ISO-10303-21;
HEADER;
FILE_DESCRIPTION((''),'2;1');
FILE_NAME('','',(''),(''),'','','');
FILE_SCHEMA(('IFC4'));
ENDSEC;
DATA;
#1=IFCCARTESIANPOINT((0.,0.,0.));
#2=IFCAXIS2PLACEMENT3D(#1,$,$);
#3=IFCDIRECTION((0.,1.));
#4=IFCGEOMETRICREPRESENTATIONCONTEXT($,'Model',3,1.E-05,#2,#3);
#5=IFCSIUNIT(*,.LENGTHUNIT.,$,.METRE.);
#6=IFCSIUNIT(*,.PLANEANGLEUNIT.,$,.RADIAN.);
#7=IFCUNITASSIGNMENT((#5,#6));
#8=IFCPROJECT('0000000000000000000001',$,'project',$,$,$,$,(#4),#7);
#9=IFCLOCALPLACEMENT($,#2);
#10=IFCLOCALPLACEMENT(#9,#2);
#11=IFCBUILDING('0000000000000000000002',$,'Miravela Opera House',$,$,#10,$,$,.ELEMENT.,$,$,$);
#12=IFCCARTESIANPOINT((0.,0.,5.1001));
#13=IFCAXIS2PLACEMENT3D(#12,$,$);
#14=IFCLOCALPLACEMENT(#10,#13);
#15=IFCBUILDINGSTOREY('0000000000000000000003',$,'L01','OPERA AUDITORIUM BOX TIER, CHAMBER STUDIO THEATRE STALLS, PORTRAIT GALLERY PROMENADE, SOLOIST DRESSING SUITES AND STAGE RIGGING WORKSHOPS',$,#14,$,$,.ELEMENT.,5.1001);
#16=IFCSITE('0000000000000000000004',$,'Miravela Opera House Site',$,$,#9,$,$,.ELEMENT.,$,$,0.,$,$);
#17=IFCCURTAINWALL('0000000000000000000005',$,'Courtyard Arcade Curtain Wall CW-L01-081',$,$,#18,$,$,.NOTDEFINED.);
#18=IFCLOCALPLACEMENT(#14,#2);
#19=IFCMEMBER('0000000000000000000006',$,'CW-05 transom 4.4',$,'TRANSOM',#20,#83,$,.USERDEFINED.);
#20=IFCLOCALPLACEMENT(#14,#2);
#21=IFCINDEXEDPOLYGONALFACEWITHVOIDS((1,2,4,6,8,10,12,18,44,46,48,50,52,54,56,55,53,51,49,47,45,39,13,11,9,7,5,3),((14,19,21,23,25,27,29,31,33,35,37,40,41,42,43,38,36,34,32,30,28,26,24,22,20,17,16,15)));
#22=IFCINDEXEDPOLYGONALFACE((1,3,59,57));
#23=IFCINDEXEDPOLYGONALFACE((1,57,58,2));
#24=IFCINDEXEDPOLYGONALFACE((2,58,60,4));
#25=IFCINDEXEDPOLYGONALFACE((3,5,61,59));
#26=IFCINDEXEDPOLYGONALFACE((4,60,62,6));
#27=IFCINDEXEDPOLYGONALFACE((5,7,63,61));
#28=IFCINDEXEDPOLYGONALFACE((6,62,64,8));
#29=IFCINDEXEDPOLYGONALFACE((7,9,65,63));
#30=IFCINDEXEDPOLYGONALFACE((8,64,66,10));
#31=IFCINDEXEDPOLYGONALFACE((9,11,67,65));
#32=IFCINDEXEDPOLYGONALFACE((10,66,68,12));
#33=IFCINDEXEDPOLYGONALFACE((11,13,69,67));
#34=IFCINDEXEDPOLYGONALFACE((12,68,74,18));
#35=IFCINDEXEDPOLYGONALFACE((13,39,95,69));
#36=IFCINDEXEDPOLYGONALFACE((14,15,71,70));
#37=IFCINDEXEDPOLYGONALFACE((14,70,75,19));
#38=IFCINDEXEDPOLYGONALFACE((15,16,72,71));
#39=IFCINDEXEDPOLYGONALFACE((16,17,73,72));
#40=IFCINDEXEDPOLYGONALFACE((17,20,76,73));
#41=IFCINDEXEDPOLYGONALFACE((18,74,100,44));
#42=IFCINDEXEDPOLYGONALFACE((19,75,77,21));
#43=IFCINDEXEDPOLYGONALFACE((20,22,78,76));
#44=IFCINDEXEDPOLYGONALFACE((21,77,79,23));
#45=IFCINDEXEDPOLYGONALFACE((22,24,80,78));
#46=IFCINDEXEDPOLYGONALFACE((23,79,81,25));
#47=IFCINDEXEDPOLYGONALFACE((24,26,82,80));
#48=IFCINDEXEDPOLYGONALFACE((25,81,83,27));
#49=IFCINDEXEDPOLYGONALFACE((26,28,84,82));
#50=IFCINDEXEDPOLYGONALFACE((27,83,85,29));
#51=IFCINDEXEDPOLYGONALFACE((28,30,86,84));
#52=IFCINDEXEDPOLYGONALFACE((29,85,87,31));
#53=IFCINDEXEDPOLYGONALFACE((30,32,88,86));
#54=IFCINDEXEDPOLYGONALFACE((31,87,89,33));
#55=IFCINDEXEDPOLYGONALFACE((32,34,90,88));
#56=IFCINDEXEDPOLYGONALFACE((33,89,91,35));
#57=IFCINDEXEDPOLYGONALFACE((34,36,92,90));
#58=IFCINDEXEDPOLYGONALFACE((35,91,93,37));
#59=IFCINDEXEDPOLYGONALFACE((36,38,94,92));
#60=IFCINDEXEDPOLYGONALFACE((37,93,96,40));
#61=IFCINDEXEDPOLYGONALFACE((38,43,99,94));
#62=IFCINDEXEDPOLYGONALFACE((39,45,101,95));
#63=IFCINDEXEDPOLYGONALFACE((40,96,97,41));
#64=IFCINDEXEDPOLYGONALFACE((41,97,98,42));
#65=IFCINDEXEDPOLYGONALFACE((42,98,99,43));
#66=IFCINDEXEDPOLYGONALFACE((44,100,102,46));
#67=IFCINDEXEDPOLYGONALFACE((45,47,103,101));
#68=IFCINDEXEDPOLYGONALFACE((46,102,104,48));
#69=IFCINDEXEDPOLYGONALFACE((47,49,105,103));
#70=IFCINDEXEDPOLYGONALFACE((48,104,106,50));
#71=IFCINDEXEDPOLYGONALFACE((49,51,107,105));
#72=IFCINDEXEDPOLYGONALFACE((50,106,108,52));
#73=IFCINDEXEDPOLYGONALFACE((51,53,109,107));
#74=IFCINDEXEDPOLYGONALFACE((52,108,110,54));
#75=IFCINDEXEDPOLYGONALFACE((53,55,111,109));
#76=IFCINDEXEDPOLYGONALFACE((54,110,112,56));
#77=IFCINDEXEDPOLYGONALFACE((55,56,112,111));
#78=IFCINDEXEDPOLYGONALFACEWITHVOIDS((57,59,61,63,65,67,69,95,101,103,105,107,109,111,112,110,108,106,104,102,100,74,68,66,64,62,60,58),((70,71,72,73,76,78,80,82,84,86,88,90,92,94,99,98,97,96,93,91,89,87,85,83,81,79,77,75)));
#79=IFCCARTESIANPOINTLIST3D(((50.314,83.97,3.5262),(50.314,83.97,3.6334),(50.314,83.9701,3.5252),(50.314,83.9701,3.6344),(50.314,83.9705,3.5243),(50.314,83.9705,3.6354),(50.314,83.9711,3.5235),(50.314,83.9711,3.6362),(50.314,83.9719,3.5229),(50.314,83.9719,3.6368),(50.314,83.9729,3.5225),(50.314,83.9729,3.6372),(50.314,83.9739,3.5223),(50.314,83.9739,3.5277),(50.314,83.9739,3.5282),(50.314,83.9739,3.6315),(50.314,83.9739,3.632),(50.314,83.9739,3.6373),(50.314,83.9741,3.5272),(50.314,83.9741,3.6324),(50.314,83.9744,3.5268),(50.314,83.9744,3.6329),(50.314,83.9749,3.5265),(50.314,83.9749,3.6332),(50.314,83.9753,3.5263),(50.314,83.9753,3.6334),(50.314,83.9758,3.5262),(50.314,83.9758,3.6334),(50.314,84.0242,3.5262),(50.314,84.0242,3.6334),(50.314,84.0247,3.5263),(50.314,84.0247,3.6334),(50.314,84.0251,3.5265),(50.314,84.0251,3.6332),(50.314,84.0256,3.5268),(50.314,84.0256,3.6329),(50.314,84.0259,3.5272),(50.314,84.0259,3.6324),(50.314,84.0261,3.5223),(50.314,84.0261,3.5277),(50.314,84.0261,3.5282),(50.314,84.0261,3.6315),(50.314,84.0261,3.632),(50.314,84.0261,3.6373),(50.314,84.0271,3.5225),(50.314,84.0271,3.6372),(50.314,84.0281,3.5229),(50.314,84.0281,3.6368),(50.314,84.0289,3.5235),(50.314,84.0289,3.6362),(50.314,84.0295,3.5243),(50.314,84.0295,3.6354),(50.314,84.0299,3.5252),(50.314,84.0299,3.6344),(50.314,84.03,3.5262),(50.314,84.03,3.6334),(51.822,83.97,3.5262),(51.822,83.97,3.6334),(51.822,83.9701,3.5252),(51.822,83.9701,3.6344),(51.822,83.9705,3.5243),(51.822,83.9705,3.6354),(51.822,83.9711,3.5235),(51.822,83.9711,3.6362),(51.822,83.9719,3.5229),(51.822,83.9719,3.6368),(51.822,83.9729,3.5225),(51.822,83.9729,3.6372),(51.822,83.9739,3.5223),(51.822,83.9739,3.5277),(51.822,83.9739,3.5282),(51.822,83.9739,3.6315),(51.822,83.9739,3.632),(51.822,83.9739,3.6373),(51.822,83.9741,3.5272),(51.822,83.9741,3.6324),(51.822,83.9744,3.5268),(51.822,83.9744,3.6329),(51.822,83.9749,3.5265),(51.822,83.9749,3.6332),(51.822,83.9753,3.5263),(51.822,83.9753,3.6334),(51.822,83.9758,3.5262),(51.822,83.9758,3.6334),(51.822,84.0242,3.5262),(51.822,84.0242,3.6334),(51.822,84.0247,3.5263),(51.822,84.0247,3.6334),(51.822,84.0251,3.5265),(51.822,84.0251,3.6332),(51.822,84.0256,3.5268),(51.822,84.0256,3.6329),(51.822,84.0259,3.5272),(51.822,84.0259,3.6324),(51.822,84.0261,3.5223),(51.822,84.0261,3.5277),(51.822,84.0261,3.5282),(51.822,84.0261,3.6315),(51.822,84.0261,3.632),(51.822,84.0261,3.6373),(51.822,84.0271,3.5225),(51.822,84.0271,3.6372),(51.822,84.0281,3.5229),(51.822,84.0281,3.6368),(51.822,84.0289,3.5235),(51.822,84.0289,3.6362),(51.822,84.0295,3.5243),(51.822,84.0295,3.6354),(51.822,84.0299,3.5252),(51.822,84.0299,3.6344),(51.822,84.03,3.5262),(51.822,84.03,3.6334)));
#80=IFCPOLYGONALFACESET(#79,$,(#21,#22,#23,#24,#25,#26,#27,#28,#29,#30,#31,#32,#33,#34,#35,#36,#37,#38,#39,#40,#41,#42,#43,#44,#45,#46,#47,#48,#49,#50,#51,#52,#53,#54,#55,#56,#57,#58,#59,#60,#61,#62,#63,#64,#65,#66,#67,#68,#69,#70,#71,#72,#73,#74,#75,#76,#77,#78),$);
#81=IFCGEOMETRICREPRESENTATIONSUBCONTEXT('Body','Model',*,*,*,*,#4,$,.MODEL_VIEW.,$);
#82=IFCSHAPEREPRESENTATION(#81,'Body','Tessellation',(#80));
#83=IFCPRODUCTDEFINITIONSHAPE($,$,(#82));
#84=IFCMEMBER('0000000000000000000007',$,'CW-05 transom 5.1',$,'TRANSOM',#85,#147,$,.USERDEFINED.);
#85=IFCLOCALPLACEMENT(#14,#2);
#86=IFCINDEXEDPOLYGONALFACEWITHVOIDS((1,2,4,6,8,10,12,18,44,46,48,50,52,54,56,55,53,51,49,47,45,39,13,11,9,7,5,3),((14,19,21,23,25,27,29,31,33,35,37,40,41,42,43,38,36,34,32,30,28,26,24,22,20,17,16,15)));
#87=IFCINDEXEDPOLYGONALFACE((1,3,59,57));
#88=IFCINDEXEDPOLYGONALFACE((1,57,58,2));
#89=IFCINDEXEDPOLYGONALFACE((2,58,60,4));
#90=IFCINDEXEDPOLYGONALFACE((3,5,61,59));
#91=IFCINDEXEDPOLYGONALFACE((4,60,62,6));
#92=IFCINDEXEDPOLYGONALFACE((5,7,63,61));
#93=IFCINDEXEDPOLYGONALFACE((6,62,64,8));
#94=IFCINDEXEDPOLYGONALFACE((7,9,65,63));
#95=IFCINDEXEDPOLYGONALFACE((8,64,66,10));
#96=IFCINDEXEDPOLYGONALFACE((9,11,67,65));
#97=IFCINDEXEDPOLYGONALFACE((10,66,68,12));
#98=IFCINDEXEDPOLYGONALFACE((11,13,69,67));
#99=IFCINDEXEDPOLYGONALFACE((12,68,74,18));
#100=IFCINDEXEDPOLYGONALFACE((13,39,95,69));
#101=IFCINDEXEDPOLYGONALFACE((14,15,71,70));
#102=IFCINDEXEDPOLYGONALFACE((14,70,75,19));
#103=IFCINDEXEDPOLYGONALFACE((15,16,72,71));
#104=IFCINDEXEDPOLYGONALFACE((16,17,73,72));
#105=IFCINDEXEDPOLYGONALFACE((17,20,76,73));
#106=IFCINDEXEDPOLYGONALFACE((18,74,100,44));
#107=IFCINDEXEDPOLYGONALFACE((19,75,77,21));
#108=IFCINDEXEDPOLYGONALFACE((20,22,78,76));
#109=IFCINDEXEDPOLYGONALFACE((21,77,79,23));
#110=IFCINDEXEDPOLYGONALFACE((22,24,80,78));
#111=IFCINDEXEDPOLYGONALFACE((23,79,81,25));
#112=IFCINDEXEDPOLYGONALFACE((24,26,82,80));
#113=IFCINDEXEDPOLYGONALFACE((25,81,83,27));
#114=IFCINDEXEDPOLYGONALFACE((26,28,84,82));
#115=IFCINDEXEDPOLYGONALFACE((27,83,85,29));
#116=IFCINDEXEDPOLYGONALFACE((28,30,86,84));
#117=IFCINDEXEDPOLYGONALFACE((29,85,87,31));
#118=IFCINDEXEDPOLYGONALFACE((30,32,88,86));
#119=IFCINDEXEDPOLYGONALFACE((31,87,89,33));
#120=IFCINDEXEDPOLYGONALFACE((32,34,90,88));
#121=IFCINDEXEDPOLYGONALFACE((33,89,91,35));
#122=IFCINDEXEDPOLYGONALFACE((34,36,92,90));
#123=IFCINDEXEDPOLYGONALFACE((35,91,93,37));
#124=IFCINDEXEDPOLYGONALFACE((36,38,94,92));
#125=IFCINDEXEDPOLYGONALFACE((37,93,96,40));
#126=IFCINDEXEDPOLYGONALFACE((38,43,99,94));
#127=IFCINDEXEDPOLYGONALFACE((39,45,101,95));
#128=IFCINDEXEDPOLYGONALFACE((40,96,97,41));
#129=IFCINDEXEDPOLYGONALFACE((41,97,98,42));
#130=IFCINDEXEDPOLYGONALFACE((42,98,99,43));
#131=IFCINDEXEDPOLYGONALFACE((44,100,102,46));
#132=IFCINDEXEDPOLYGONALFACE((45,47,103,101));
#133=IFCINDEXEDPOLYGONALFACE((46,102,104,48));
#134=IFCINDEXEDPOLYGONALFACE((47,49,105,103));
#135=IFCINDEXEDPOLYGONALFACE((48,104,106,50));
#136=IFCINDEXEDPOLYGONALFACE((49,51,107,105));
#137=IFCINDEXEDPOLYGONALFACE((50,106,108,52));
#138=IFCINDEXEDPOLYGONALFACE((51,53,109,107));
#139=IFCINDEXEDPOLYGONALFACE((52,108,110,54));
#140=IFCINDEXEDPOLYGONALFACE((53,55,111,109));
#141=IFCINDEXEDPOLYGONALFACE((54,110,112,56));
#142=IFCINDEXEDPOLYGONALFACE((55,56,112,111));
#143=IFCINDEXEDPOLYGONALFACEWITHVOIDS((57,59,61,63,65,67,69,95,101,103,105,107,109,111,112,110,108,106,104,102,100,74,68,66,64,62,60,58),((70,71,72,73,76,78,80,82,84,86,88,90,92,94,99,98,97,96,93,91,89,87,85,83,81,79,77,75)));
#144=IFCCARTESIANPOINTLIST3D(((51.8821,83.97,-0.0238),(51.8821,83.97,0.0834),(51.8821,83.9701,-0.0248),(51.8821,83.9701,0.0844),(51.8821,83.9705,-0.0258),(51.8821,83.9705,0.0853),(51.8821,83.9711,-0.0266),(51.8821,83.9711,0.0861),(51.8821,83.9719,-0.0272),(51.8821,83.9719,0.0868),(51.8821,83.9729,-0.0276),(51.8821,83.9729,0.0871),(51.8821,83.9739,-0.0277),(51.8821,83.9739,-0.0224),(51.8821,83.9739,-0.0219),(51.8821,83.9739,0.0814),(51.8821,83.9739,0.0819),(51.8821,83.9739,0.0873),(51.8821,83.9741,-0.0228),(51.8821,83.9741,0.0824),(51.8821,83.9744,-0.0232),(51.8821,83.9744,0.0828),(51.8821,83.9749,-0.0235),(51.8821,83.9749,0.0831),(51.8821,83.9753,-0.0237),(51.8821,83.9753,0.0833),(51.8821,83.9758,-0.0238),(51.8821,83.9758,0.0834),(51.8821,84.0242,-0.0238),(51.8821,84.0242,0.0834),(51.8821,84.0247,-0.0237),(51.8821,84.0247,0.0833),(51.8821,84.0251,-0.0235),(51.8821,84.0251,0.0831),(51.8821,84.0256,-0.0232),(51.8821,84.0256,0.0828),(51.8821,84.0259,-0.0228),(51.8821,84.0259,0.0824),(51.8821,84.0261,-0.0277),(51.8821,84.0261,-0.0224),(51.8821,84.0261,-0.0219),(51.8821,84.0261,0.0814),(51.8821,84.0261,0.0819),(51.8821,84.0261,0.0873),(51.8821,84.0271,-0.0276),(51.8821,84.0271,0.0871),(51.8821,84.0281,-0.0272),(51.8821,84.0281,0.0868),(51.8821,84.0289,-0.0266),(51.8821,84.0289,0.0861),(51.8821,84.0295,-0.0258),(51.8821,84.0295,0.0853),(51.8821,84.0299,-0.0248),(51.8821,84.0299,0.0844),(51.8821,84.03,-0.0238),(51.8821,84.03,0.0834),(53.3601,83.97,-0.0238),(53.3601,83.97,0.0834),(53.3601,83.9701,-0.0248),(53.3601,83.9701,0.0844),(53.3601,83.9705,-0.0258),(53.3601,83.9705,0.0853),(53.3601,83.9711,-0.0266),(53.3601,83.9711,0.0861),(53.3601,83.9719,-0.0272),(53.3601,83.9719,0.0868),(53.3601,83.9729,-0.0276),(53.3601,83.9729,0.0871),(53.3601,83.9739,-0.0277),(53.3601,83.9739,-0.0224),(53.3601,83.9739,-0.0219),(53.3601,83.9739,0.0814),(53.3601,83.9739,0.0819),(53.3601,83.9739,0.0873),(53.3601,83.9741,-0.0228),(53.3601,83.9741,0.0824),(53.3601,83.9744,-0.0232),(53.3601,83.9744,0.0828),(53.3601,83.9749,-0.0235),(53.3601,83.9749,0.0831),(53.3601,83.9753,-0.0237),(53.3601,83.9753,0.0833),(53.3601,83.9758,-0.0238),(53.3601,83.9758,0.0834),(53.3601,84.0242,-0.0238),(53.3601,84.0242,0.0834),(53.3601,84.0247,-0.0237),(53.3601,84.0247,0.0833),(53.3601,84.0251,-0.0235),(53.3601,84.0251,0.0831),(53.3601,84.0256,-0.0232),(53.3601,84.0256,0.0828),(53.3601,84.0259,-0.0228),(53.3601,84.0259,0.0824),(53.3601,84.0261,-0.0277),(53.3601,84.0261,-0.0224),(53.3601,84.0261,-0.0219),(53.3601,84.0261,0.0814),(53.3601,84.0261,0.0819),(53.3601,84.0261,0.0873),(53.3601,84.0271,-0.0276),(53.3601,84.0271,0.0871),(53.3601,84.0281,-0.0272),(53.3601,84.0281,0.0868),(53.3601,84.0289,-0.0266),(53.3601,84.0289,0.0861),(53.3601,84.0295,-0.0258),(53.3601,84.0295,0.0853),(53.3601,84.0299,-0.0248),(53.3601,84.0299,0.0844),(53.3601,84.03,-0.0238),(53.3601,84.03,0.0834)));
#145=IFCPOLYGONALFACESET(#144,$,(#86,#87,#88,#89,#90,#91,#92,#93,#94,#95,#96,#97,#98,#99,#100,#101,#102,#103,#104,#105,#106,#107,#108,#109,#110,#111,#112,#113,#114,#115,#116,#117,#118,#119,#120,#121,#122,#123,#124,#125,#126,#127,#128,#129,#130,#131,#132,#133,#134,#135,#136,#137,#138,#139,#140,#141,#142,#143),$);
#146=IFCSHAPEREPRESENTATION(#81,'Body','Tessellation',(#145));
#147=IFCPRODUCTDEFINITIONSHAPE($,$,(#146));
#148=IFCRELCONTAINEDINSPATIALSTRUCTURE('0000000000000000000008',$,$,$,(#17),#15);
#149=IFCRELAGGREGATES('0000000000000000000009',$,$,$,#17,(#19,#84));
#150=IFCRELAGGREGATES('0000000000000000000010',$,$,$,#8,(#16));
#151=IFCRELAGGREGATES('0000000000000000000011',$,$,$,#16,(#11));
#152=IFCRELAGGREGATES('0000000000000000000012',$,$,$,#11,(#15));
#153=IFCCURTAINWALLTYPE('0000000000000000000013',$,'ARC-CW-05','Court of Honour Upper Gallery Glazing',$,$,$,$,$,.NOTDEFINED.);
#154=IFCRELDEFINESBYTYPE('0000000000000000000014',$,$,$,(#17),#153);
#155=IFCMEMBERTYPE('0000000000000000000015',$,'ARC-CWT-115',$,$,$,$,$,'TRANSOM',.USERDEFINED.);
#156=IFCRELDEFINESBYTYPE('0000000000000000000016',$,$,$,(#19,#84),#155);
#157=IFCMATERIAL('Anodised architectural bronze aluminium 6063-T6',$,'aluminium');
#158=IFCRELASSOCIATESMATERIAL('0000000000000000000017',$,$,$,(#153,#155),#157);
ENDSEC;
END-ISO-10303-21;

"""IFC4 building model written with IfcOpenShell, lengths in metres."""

from ifc_helpers import new_model, si_unit, direction, frame, origin, origin_2d, place, context, subcontext, project, spatial, hollow_rectangle, extrude, material, material_profile, profile_set, type_object, element, aggregate, save


model = new_model("IFC4")

# Units and contexts
model_context = context("Model", 3, precision=1e-05, world=origin(), true_north=direction((0.0, 1.0)))
body_context = subcontext(model_context, "Body", "Model", "MODEL_VIEW")
ifc_project = project(units=[si_unit("LENGTHUNIT", "METRE"), si_unit("PLANEANGLEUNIT", "RADIAN")], contexts=[model_context])

# Site, building, storey
site_placement = place(None, origin())
site = spatial("IfcSite", under=ifc_project, at=site_placement, Name="Miravela Opera House Site", CompositionType="ELEMENT", RefElevation=0.0)
building_placement = place(site_placement, origin())
building = spatial("IfcBuilding", under=site, at=building_placement, Name="Miravela Opera House", CompositionType="ELEMENT")
storey_placement = place(building_placement, frame((0.0, 0.0, 5.1001)))
storey = spatial("IfcBuildingStorey", under=building, at=storey_placement, Name="L01", Description="OPERA AUDITORIUM BOX TIER, CHAMBER STUDIO THEATRE STALLS, PORTRAIT GALLERY PROMENADE, SOLOIST DRESSING SUITES AND STAGE RIGGING WORKSHOPS", CompositionType="ELEMENT", Elevation=5.1001)

# Curtain wall, members
ifc_material_1 = material(Name="Anodised architectural bronze aluminium 6063-T6", Category="aluminium")
curtain_wall_type = type_object("IfcCurtainWallType", Name="ARC-CW-05", Description="Court of Honour Upper Gallery Glazing", PredefinedType="NOTDEFINED", material=ifc_material_1)
curtain_wall_placement = place(storey_placement, origin())
curtain_wall = element("IfcCurtainWall", 1, at=curtain_wall_placement, inside=storey, type_object=curtain_wall_type, Name="Courtyard Arcade Curtain Wall CW-L01-081", PredefinedType="NOTDEFINED")
ifc_material_profile_1 = material_profile(ifc_material_1, hollow_rectangle(XDim=0.0601, YDim=0.115, WallThickness=0.0039, InnerFilletRadius=0.002, OuterFilletRadius=0.0039, at=origin_2d()), Name="CWT-60X115")
ifc_profile_set_1 = profile_set([ifc_material_profile_1])
member_type_1 = type_object("IfcMemberType", Name="ARC-CWT-115", ElementType="TRANSOM", PredefinedType="USERDEFINED", material=ifc_profile_set_1)
member_1_placement = place(storey_placement, frame((50.314, 84.0, 3.5798), z_axis=(1.0, 0.0, 0.0), x_axis=(0.0, 1.0, 0.0)))
member_1 = element("IfcMember", 2, at=member_1_placement, type_object=member_type_1, Name="CW-05 transom 4.4", ObjectType="TRANSOM", PredefinedType="USERDEFINED", context=body_context, shape_type="SweptSolid", body=[
    extrude(hollow_rectangle(XDim=0.0601, YDim=0.115, WallThickness=0.0039, InnerFilletRadius=0.002, OuterFilletRadius=0.0039, at=origin_2d()), origin(), (0.0, 0.0, 1.0), 1.5081),
])
member_2_placement = place(storey_placement, frame((51.8821, 84.0, 0.0298), z_axis=(1.0, 0.0, 0.0), x_axis=(0.0, 1.0, 0.0)))
member_2 = element("IfcMember", 3, at=member_2_placement, type_object=member_type_1, Name="CW-05 transom 5.1", ObjectType="TRANSOM", PredefinedType="USERDEFINED", context=body_context, shape_type="SweptSolid", body=[
    extrude(hollow_rectangle(XDim=0.0601, YDim=0.115, WallThickness=0.0039, InnerFilletRadius=0.002, OuterFilletRadius=0.0039, at=origin_2d()), origin(), (0.0, 0.0, 1.0), 1.478),
])

aggregate(curtain_wall, [member_1, member_2])

save(model, "model.ifc")
